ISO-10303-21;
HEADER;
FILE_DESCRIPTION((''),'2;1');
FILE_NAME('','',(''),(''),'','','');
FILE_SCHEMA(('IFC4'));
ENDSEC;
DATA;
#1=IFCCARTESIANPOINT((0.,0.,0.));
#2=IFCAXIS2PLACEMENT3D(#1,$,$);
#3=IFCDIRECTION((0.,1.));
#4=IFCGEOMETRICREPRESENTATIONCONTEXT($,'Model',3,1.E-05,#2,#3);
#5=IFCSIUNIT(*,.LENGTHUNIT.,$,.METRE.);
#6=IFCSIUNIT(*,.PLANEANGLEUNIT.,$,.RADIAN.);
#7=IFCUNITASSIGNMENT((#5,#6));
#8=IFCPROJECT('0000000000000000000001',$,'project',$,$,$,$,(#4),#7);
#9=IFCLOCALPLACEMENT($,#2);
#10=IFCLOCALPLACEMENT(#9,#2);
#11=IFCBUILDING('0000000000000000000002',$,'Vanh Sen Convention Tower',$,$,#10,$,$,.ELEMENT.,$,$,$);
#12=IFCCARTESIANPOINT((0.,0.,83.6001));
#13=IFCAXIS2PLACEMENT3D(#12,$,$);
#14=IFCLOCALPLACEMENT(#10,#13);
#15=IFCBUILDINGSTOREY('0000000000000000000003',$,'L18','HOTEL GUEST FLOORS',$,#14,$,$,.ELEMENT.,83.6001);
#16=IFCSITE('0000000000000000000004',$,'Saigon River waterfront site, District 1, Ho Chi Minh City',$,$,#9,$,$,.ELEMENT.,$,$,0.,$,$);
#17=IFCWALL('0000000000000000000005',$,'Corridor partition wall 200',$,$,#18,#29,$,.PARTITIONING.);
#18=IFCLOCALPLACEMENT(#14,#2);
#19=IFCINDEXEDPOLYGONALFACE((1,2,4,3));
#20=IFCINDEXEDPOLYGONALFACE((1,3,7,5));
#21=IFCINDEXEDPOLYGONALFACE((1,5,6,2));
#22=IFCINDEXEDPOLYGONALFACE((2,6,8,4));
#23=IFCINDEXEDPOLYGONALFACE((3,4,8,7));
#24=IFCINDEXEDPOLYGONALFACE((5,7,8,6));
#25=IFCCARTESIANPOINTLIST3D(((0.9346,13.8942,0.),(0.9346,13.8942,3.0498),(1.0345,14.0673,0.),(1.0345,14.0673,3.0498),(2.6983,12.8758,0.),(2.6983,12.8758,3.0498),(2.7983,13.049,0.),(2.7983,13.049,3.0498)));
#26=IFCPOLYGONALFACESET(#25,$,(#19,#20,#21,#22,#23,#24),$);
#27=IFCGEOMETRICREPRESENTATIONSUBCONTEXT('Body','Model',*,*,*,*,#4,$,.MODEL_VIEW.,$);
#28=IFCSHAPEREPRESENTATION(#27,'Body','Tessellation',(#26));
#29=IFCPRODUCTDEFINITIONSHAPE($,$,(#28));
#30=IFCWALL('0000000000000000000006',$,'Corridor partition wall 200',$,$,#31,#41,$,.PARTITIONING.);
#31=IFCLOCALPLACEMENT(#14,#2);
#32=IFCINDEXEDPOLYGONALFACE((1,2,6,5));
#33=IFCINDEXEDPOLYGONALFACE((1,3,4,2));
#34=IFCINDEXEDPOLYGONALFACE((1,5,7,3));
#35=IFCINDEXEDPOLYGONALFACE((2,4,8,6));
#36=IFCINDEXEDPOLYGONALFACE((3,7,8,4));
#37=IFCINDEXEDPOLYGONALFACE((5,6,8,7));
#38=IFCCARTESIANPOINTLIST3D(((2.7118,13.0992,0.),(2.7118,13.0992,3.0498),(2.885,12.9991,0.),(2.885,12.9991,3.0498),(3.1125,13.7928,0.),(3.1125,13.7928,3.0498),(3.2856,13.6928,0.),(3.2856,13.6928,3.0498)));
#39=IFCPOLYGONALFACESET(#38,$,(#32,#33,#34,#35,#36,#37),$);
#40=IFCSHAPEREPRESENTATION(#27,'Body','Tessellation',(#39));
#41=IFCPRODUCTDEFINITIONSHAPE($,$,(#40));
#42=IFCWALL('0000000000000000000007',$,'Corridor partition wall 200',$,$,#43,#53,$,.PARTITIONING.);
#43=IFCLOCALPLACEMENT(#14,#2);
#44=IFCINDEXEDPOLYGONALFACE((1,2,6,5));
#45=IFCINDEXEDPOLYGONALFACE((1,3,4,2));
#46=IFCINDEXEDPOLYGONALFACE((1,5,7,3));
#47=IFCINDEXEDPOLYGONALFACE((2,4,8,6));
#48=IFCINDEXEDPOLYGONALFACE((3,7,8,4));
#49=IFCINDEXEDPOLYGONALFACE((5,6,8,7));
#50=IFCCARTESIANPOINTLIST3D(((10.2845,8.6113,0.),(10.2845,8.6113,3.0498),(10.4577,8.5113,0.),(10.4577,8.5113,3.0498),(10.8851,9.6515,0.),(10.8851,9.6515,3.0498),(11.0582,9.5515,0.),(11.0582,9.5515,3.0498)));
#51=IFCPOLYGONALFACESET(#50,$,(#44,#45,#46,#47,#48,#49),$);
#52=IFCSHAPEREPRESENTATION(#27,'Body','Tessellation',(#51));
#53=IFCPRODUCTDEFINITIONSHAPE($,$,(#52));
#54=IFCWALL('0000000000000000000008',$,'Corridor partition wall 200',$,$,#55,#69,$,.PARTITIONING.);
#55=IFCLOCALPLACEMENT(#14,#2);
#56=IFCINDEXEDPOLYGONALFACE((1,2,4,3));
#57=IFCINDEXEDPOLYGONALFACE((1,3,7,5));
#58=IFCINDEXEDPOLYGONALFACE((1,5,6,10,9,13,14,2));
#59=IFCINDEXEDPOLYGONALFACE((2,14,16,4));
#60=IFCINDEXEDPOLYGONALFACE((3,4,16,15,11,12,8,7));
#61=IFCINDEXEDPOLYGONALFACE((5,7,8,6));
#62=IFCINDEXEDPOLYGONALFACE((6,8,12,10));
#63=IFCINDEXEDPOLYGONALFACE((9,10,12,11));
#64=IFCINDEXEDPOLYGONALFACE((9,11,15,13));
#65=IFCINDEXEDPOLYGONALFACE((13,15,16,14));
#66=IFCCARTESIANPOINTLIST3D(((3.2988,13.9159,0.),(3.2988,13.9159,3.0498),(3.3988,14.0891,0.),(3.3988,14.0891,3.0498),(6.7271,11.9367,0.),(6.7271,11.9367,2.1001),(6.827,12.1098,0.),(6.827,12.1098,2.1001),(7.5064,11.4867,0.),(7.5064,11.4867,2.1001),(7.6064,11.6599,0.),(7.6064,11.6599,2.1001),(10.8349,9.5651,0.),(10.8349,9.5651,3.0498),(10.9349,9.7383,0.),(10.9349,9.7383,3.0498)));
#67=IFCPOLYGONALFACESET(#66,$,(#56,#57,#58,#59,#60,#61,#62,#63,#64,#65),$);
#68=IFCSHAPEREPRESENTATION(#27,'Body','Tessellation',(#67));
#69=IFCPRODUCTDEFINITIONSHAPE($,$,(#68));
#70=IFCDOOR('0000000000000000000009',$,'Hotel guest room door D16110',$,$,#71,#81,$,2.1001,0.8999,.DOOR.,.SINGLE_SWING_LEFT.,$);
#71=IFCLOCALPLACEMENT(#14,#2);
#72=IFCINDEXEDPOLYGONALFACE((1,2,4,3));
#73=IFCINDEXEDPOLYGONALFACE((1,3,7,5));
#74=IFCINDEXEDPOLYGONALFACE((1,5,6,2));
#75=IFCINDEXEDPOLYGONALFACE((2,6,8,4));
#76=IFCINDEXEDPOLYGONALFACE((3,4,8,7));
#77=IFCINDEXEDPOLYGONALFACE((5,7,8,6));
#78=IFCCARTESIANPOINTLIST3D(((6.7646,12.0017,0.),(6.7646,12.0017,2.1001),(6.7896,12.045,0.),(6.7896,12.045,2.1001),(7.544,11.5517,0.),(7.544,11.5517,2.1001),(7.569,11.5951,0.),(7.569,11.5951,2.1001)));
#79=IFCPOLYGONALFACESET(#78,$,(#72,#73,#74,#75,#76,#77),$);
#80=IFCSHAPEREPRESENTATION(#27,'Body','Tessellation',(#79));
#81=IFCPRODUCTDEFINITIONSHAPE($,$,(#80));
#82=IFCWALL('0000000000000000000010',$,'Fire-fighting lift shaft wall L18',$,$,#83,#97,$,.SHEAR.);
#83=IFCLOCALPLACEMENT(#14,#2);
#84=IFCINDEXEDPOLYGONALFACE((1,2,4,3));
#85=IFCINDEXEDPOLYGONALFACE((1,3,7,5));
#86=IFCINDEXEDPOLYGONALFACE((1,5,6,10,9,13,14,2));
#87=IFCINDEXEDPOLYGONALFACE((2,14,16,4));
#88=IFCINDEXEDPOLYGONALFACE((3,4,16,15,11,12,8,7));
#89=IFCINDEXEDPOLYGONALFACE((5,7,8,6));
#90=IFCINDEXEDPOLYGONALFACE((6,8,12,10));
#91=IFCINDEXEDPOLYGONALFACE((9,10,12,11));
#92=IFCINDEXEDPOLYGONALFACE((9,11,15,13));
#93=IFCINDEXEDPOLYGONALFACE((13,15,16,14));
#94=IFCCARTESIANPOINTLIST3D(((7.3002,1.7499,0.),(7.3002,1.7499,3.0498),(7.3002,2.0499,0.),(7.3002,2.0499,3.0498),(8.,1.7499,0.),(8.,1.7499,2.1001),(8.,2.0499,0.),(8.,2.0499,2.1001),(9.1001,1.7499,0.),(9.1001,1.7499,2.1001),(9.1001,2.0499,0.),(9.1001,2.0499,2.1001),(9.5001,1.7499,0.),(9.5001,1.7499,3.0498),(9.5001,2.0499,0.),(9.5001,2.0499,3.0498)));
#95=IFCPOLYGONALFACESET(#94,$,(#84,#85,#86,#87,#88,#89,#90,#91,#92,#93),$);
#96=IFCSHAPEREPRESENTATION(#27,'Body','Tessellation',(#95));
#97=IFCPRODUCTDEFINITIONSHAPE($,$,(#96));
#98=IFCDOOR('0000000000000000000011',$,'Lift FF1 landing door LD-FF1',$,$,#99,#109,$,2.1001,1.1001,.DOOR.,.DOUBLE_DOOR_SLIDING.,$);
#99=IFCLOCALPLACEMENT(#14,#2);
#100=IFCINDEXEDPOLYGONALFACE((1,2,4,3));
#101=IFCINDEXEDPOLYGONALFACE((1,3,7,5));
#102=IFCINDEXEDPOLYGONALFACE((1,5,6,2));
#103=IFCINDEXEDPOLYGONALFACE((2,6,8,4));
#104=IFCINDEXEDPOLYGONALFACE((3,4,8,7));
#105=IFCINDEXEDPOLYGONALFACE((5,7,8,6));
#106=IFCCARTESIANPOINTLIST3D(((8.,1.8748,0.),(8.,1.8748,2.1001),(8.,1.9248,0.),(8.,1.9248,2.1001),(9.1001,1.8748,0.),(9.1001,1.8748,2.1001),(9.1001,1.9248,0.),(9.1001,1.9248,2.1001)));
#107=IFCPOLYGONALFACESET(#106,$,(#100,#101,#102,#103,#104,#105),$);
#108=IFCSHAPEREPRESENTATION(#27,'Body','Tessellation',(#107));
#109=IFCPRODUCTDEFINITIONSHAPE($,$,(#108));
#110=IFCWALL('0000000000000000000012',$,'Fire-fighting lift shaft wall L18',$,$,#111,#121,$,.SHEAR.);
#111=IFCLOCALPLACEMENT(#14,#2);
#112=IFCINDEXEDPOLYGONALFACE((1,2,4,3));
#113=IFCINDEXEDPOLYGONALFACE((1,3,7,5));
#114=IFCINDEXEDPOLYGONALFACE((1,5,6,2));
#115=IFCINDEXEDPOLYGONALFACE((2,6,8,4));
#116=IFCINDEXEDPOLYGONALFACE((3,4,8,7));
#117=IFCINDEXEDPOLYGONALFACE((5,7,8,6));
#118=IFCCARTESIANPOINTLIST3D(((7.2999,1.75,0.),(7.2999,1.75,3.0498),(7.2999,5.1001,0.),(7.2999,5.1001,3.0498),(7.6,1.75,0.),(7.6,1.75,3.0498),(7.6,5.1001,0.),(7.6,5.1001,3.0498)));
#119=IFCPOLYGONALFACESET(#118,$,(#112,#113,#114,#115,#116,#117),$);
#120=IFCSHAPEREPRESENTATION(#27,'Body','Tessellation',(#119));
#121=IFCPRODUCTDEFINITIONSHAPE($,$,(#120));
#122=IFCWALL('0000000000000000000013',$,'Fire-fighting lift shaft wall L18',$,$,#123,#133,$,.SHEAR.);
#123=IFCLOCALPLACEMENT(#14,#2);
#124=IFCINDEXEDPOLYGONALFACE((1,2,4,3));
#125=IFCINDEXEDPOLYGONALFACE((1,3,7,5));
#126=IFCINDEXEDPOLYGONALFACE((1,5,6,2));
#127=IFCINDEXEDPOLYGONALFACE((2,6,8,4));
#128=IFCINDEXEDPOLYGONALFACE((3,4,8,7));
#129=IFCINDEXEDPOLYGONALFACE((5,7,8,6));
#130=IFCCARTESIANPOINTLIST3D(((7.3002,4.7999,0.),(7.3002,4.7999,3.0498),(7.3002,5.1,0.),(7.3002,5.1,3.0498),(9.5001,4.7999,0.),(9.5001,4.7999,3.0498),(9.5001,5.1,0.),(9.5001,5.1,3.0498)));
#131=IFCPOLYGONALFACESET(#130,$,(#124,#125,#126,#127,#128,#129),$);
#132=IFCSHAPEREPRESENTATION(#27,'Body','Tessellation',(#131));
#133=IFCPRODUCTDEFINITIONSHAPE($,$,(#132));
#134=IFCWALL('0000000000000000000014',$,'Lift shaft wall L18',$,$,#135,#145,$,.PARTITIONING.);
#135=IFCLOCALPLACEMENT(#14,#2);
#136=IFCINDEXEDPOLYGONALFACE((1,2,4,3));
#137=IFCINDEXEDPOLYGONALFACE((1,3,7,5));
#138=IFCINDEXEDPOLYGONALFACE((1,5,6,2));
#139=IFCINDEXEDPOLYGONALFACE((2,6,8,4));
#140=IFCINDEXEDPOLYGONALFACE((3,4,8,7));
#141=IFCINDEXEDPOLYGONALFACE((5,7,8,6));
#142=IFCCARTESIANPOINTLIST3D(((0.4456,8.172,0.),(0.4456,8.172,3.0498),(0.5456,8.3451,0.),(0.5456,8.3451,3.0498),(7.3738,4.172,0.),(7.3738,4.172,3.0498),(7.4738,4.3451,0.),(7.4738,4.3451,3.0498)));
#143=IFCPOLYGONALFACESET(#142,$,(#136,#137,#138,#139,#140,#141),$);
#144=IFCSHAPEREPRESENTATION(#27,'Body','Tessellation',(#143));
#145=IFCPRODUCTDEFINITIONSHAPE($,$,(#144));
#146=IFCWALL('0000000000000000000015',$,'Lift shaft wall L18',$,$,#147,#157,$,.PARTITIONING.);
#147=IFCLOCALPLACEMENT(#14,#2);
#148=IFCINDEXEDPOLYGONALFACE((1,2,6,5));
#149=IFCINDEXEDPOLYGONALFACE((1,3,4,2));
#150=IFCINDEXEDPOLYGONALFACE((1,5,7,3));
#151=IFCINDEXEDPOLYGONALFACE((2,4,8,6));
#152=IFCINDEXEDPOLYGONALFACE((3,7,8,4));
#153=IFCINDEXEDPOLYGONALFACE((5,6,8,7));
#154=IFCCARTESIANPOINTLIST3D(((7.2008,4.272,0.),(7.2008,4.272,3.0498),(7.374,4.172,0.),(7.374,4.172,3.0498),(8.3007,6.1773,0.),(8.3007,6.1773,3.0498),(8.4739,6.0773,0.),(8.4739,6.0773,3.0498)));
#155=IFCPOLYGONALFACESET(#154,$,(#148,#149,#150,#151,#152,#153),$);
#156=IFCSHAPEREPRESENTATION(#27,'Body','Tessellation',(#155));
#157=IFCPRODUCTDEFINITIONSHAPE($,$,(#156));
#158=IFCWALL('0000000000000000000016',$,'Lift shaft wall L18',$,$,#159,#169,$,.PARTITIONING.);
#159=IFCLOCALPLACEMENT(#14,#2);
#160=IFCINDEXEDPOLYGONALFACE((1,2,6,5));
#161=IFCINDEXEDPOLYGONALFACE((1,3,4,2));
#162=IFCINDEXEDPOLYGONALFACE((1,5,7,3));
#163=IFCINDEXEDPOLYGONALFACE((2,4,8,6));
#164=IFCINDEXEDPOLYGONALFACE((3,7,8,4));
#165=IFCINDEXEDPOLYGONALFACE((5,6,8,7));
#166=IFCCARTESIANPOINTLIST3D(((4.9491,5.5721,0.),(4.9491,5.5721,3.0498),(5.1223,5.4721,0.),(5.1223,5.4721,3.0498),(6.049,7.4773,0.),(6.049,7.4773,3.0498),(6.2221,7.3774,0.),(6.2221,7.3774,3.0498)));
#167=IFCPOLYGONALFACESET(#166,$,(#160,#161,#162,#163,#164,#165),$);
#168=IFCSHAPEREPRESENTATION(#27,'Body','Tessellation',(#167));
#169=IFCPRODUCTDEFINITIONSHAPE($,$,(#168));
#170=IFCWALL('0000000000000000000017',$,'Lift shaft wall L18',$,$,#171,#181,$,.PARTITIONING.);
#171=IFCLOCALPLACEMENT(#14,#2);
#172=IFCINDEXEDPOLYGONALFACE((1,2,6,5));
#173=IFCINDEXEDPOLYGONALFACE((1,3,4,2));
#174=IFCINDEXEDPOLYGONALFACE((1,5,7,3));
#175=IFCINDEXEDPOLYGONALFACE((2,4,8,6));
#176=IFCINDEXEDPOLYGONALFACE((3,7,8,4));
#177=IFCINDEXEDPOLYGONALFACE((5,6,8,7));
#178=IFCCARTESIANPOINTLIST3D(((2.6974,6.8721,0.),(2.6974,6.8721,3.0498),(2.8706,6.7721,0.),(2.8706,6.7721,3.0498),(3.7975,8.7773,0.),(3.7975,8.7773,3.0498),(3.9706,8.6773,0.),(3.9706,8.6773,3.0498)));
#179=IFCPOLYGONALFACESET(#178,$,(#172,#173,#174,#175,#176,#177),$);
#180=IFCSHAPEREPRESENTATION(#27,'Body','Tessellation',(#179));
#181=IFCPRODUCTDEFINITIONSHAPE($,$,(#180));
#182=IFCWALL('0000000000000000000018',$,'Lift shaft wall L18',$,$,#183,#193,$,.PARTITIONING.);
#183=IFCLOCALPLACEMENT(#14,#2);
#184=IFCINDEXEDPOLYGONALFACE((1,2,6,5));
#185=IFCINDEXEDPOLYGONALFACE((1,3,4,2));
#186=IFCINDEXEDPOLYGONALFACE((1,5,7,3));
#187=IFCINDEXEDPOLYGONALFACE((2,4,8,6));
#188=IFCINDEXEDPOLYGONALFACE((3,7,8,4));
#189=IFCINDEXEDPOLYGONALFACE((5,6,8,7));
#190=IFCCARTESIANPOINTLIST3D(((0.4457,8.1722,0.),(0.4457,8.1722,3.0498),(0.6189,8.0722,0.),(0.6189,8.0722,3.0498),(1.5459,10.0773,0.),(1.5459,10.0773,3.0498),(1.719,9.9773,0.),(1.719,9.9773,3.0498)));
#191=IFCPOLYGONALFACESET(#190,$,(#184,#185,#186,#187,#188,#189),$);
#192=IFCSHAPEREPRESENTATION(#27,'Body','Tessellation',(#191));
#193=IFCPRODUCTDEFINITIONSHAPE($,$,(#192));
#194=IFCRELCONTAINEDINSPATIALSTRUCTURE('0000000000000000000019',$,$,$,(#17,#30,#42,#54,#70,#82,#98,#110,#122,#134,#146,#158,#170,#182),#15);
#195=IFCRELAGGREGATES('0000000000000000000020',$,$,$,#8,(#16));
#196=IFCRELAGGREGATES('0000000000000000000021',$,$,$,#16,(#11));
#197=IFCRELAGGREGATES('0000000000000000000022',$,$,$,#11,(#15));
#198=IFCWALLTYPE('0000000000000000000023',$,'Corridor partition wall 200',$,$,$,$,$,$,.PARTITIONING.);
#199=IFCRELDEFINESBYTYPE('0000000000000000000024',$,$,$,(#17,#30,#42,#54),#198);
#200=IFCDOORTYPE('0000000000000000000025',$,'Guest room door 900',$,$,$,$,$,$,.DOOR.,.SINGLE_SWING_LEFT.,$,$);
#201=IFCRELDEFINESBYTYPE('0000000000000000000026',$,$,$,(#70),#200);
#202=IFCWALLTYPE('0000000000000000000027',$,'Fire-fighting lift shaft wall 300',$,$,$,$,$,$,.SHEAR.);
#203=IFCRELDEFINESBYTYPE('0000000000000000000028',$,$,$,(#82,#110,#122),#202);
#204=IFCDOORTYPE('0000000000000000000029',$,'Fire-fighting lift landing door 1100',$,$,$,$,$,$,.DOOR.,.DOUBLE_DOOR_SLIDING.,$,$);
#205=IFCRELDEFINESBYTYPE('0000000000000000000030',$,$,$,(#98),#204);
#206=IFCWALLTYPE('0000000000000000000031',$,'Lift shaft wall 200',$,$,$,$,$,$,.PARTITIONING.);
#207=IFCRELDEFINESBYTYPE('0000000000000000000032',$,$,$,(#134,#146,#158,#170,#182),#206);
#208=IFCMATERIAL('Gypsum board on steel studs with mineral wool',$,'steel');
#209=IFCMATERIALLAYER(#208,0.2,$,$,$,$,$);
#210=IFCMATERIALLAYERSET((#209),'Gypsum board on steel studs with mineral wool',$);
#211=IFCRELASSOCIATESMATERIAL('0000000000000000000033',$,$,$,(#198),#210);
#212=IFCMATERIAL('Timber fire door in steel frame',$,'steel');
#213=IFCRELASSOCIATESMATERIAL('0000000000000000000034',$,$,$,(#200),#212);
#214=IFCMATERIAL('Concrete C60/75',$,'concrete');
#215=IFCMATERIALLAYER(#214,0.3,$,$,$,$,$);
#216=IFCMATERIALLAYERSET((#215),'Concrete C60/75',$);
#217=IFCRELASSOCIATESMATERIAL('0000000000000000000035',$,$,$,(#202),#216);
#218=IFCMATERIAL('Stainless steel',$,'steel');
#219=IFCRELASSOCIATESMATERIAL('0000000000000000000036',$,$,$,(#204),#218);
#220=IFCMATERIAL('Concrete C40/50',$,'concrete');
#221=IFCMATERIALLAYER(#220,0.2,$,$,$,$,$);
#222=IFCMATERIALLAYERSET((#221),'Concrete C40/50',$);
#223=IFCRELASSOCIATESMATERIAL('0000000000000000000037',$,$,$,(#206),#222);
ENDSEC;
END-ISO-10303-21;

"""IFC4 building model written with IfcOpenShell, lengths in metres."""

from ifc_helpers import new_model, si_unit, direction, frame, frame_2d, origin, place, context, subcontext, project, spatial, rectangle, extrude, material, layer, layer_set, type_object, element, fill, save


model = new_model("IFC4")

# Units and contexts
model_context = context("Model", 3, precision=1e-05, world=origin(), true_north=direction((0.0, 1.0)))
body_context = subcontext(model_context, "Body", "Model", "MODEL_VIEW")
ifc_project = project(units=[si_unit("LENGTHUNIT", "METRE"), si_unit("PLANEANGLEUNIT", "RADIAN")], contexts=[model_context])

# Site, building, storey
site_placement = place(None, origin())
site = spatial("IfcSite", under=ifc_project, at=site_placement, Name="Saigon River waterfront site, District 1, Ho Chi Minh City", CompositionType="ELEMENT", RefElevation=0.0)
building_placement = place(site_placement, origin())
building = spatial("IfcBuilding", under=site, at=building_placement, Name="Vanh Sen Convention Tower", CompositionType="ELEMENT")
storey_placement = place(building_placement, frame((0.0, 0.0, 83.6001)))
storey = spatial("IfcBuildingStorey", under=building, at=storey_placement, Name="L18", Description="HOTEL GUEST FLOORS", CompositionType="ELEMENT", Elevation=83.6001)

# Shared definitions
ifc_material_1 = material(Name="Stainless steel", Category="steel")

# Walls
ifc_material_2 = material(Name="Gypsum board on steel studs with mineral wool", Category="steel")
ifc_layer_1 = layer(ifc_material_2, 0.2)
ifc_layer_set_1 = layer_set([ifc_layer_1], Name="Gypsum board on steel studs with mineral wool")
wall_type_1 = type_object("IfcWallType", Name="Corridor partition wall 200", PredefinedType="PARTITIONING", material=ifc_layer_set_1)
wall_1_placement = place(storey_placement, frame((2.7483, 12.9624, 0.0), z_axis=(0.0, 0.0, 1.0), x_axis=(-0.866014, 0.50002, 0.0)))
element("IfcWall", 1, at=wall_1_placement, inside=storey, type_object=wall_type_1, Name="Corridor partition wall 200", PredefinedType="PARTITIONING", context=body_context, shape_type="SweptSolid", body=[
    extrude(rectangle(XDim=2.0366, YDim=0.2, at=frame_2d((1.0183, 0.0))), origin(), (0.0, 0.0, 1.0), 3.0498),
])
wall_2_placement = place(storey_placement, frame((3.199, 13.7427, 0.0), z_axis=(0.0, 0.0, 1.0), x_axis=(-0.500171, -0.865927, 0.0)))
element("IfcWall", 2, at=wall_2_placement, inside=storey, type_object=wall_type_1, Name="Corridor partition wall 200", PredefinedType="PARTITIONING", context=body_context, shape_type="SweptSolid", body=[
    extrude(rectangle(XDim=0.801, YDim=0.2, at=frame_2d((0.4004, 0.0))), origin(), (0.0, 0.0, 1.0), 3.0498),
])
wall_3_placement = place(storey_placement, frame((10.3711, 8.5613, 0.0), z_axis=(0.0, 0.0, 1.0), x_axis=(0.499986, 0.866033, 0.0)))
element("IfcWall", 3, at=wall_3_placement, inside=storey, type_object=wall_type_1, Name="Corridor partition wall 200", PredefinedType="PARTITIONING", context=body_context, shape_type="SweptSolid", body=[
    extrude(rectangle(XDim=1.2012, YDim=0.2, at=frame_2d((0.6006, 0.0))), origin(), (0.0, 0.0, 1.0), 3.0498),
])

# Walls, openings, doors
wall_4_placement = place(storey_placement, frame((10.885, 9.6516, 0.0), z_axis=(0.0, 0.0, 1.0), x_axis=(-0.866033, 0.499986, 0.0)))
wall_4 = element("IfcWall", 4, at=wall_4_placement, inside=storey, type_object=wall_type_1, Name="Corridor partition wall 200", PredefinedType="PARTITIONING", context=body_context, shape_type="SweptSolid", body=[
    extrude(rectangle(XDim=8.7019, YDim=0.2, at=frame_2d((4.3511, 0.0))), origin(), (0.0, 0.0, 1.0), 3.0498),
])
opening_1_placement = place(wall_4_placement, frame((3.8435, 0.0, 0.0)))
opening_1 = element("IfcOpeningElement", 5, at=opening_1_placement, cuts=wall_4, PredefinedType="OPENING", context=body_context, shape_type="SweptSolid", body=[
    extrude(rectangle(XDim=0.8999, YDim=2.1001, at=frame_2d((0.45, 1.05))), frame((0.0, 0.1099, 0.0), z_axis=(0.0, -1.0, 0.0), x_axis=(1.0, 0.0, 0.0)), (0.0, 0.0, 1.0), 0.22),
])
ifc_material_3 = material(Name="Timber fire door in steel frame", Category="steel")
door_type_1 = type_object("IfcDoorType", Name="Guest room door 900", OperationType="SINGLE_SWING_LEFT", PredefinedType="DOOR", material=ifc_material_3)
door_1_placement = place(opening_1_placement, origin())
door_1 = element("IfcDoor", 6, at=door_1_placement, inside=storey, type_object=door_type_1, Name="Hotel guest room door D16110", OperationType="SINGLE_SWING_LEFT", OverallHeight=2.1001, OverallWidth=0.8999, PredefinedType="DOOR", context=body_context, shape_type="SweptSolid", body=[
    extrude(rectangle(XDim=0.8999, YDim=2.1001, at=frame_2d((0.45, 1.05))), frame((0.0, 0.0249, 0.0), z_axis=(0.0, -1.0, 0.0), x_axis=(1.0, 0.0, 0.0)), (0.0, 0.0, 1.0), 0.05),
])
fill(opening_1, door_1)
ifc_material_4 = material(Name="Concrete C60/75", Category="concrete")
ifc_layer_2 = layer(ifc_material_4, 0.3)
ifc_layer_set_2 = layer_set([ifc_layer_2], Name="Concrete C60/75")
wall_type_2 = type_object("IfcWallType", Name="Fire-fighting lift shaft wall 300", PredefinedType="SHEAR", material=ifc_layer_set_2)
wall_5_placement = place(storey_placement, frame((7.3, 1.8999, 0.0), z_axis=(0.0, 0.0, 1.0), x_axis=(1.0, 0.0, 0.0)))
wall_5 = element("IfcWall", 7, at=wall_5_placement, inside=storey, type_object=wall_type_2, Name="Fire-fighting lift shaft wall L18", PredefinedType="SHEAR", context=body_context, shape_type="SweptSolid", body=[
    extrude(rectangle(XDim=2.2, YDim=0.3, at=frame_2d((1.1001, 0.0))), origin(), (0.0, 0.0, 1.0), 3.0498),
])
opening_2_placement = place(wall_5_placement, frame((0.7, 0.0, 0.0)))
opening_2 = element("IfcOpeningElement", 8, at=opening_2_placement, cuts=wall_5, PredefinedType="OPENING", context=body_context, shape_type="SweptSolid", body=[
    extrude(rectangle(XDim=1.1001, YDim=2.1001, at=frame_2d((0.55, 1.05))), frame((0.0, 0.1599, 0.0), z_axis=(0.0, -1.0, 0.0), x_axis=(1.0, 0.0, 0.0)), (0.0, 0.0, 1.0), 0.3201),
])
door_type_2 = type_object("IfcDoorType", Name="Fire-fighting lift landing door 1100", OperationType="DOUBLE_DOOR_SLIDING", PredefinedType="DOOR", material=ifc_material_1)
door_2_placement = place(opening_2_placement, origin())
door_2 = element("IfcDoor", 9, at=door_2_placement, inside=storey, type_object=door_type_2, Name="Lift FF1 landing door LD-FF1", OperationType="DOUBLE_DOOR_SLIDING", OverallHeight=2.1001, OverallWidth=1.1001, PredefinedType="DOOR", context=body_context, shape_type="SweptSolid", body=[
    extrude(rectangle(XDim=1.1001, YDim=2.1001, at=frame_2d((0.55, 1.05))), frame((0.0, 0.0249, 0.0), z_axis=(0.0, -1.0, 0.0), x_axis=(1.0, 0.0, 0.0)), (0.0, 0.0, 1.0), 0.05),
])
fill(opening_2, door_2)

# Walls
wall_6_placement = place(storey_placement, frame((7.45, 1.75, 0.0), z_axis=(0.0, 0.0, 1.0), x_axis=(0.0, 1.0, 0.0)))
element("IfcWall", 10, at=wall_6_placement, inside=storey, type_object=wall_type_2, Name="Fire-fighting lift shaft wall L18", PredefinedType="SHEAR", context=body_context, shape_type="SweptSolid", body=[
    extrude(rectangle(XDim=3.3501, YDim=0.3, at=frame_2d((1.675, 0.0))), origin(), (0.0, 0.0, 1.0), 3.0498),
])
wall_7_placement = place(storey_placement, frame((7.3, 4.95, 0.0), z_axis=(0.0, 0.0, 1.0), x_axis=(1.0, 0.0, 0.0)))
element("IfcWall", 11, at=wall_7_placement, inside=storey, type_object=wall_type_2, Name="Fire-fighting lift shaft wall L18", PredefinedType="SHEAR", context=body_context, shape_type="SweptSolid", body=[
    extrude(rectangle(XDim=2.2, YDim=0.3, at=frame_2d((1.1001, 0.0))), origin(), (0.0, 0.0, 1.0), 3.0498),
])
ifc_material_5 = material(Name="Concrete C40/50", Category="concrete")
ifc_layer_3 = layer(ifc_material_5, 0.2)
ifc_layer_set_3 = layer_set([ifc_layer_3], Name="Concrete C40/50")
wall_type_3 = type_object("IfcWallType", Name="Lift shaft wall 200", PredefinedType="PARTITIONING", material=ifc_layer_set_3)
wall_8_placement = place(storey_placement, frame((7.4238, 4.2585, 0.0), z_axis=(0.0, 0.0, 1.0), x_axis=(-0.866026, 0.499999, 0.0)))
element("IfcWall", 12, at=wall_8_placement, inside=storey, type_object=wall_type_3, Name="Lift shaft wall L18", PredefinedType="PARTITIONING", context=body_context, shape_type="SweptSolid", body=[
    extrude(rectangle(XDim=8.0, YDim=0.2, at=frame_2d((4.0, 0.0))), origin(), (0.0, 0.0, 1.0), 3.0498),
])
for number, where, z_axis, x_axis, name in (
    (13, (7.2874, 4.2219, 0.0), (0.0, 0.0, 1.0), (0.499947, 0.866056, 0.0), "Lift shaft wall L18"),
    (14, (5.0356, 5.522, 0.0), (0.0, 0.0, 1.0), (0.499947, 0.866056, 0.0), "Lift shaft wall L18"),
    (15, (2.7839, 6.822, 0.0), (0.0, 0.0, 1.0), (0.50003, 0.866008, 0.0), "Lift shaft wall L18"),
    (16, (0.5322, 8.1221, 0.0), (0.0, 0.0, 1.0), (0.500078, 0.86598, 0.0), "Lift shaft wall L18"),
):
    element("IfcWall", number, at=place(storey_placement, frame(where, z_axis=z_axis, x_axis=x_axis)), inside=storey, type_object=wall_type_3, Name=name, PredefinedType="PARTITIONING", context=body_context, shape_type="SweptSolid", body=[
        extrude(rectangle(XDim=2.2, YDim=0.2, at=frame_2d((1.1001, 0.0))), origin(), (0.0, 0.0, 1.0), 3.0498),
    ])

save(model, "model.ifc")
